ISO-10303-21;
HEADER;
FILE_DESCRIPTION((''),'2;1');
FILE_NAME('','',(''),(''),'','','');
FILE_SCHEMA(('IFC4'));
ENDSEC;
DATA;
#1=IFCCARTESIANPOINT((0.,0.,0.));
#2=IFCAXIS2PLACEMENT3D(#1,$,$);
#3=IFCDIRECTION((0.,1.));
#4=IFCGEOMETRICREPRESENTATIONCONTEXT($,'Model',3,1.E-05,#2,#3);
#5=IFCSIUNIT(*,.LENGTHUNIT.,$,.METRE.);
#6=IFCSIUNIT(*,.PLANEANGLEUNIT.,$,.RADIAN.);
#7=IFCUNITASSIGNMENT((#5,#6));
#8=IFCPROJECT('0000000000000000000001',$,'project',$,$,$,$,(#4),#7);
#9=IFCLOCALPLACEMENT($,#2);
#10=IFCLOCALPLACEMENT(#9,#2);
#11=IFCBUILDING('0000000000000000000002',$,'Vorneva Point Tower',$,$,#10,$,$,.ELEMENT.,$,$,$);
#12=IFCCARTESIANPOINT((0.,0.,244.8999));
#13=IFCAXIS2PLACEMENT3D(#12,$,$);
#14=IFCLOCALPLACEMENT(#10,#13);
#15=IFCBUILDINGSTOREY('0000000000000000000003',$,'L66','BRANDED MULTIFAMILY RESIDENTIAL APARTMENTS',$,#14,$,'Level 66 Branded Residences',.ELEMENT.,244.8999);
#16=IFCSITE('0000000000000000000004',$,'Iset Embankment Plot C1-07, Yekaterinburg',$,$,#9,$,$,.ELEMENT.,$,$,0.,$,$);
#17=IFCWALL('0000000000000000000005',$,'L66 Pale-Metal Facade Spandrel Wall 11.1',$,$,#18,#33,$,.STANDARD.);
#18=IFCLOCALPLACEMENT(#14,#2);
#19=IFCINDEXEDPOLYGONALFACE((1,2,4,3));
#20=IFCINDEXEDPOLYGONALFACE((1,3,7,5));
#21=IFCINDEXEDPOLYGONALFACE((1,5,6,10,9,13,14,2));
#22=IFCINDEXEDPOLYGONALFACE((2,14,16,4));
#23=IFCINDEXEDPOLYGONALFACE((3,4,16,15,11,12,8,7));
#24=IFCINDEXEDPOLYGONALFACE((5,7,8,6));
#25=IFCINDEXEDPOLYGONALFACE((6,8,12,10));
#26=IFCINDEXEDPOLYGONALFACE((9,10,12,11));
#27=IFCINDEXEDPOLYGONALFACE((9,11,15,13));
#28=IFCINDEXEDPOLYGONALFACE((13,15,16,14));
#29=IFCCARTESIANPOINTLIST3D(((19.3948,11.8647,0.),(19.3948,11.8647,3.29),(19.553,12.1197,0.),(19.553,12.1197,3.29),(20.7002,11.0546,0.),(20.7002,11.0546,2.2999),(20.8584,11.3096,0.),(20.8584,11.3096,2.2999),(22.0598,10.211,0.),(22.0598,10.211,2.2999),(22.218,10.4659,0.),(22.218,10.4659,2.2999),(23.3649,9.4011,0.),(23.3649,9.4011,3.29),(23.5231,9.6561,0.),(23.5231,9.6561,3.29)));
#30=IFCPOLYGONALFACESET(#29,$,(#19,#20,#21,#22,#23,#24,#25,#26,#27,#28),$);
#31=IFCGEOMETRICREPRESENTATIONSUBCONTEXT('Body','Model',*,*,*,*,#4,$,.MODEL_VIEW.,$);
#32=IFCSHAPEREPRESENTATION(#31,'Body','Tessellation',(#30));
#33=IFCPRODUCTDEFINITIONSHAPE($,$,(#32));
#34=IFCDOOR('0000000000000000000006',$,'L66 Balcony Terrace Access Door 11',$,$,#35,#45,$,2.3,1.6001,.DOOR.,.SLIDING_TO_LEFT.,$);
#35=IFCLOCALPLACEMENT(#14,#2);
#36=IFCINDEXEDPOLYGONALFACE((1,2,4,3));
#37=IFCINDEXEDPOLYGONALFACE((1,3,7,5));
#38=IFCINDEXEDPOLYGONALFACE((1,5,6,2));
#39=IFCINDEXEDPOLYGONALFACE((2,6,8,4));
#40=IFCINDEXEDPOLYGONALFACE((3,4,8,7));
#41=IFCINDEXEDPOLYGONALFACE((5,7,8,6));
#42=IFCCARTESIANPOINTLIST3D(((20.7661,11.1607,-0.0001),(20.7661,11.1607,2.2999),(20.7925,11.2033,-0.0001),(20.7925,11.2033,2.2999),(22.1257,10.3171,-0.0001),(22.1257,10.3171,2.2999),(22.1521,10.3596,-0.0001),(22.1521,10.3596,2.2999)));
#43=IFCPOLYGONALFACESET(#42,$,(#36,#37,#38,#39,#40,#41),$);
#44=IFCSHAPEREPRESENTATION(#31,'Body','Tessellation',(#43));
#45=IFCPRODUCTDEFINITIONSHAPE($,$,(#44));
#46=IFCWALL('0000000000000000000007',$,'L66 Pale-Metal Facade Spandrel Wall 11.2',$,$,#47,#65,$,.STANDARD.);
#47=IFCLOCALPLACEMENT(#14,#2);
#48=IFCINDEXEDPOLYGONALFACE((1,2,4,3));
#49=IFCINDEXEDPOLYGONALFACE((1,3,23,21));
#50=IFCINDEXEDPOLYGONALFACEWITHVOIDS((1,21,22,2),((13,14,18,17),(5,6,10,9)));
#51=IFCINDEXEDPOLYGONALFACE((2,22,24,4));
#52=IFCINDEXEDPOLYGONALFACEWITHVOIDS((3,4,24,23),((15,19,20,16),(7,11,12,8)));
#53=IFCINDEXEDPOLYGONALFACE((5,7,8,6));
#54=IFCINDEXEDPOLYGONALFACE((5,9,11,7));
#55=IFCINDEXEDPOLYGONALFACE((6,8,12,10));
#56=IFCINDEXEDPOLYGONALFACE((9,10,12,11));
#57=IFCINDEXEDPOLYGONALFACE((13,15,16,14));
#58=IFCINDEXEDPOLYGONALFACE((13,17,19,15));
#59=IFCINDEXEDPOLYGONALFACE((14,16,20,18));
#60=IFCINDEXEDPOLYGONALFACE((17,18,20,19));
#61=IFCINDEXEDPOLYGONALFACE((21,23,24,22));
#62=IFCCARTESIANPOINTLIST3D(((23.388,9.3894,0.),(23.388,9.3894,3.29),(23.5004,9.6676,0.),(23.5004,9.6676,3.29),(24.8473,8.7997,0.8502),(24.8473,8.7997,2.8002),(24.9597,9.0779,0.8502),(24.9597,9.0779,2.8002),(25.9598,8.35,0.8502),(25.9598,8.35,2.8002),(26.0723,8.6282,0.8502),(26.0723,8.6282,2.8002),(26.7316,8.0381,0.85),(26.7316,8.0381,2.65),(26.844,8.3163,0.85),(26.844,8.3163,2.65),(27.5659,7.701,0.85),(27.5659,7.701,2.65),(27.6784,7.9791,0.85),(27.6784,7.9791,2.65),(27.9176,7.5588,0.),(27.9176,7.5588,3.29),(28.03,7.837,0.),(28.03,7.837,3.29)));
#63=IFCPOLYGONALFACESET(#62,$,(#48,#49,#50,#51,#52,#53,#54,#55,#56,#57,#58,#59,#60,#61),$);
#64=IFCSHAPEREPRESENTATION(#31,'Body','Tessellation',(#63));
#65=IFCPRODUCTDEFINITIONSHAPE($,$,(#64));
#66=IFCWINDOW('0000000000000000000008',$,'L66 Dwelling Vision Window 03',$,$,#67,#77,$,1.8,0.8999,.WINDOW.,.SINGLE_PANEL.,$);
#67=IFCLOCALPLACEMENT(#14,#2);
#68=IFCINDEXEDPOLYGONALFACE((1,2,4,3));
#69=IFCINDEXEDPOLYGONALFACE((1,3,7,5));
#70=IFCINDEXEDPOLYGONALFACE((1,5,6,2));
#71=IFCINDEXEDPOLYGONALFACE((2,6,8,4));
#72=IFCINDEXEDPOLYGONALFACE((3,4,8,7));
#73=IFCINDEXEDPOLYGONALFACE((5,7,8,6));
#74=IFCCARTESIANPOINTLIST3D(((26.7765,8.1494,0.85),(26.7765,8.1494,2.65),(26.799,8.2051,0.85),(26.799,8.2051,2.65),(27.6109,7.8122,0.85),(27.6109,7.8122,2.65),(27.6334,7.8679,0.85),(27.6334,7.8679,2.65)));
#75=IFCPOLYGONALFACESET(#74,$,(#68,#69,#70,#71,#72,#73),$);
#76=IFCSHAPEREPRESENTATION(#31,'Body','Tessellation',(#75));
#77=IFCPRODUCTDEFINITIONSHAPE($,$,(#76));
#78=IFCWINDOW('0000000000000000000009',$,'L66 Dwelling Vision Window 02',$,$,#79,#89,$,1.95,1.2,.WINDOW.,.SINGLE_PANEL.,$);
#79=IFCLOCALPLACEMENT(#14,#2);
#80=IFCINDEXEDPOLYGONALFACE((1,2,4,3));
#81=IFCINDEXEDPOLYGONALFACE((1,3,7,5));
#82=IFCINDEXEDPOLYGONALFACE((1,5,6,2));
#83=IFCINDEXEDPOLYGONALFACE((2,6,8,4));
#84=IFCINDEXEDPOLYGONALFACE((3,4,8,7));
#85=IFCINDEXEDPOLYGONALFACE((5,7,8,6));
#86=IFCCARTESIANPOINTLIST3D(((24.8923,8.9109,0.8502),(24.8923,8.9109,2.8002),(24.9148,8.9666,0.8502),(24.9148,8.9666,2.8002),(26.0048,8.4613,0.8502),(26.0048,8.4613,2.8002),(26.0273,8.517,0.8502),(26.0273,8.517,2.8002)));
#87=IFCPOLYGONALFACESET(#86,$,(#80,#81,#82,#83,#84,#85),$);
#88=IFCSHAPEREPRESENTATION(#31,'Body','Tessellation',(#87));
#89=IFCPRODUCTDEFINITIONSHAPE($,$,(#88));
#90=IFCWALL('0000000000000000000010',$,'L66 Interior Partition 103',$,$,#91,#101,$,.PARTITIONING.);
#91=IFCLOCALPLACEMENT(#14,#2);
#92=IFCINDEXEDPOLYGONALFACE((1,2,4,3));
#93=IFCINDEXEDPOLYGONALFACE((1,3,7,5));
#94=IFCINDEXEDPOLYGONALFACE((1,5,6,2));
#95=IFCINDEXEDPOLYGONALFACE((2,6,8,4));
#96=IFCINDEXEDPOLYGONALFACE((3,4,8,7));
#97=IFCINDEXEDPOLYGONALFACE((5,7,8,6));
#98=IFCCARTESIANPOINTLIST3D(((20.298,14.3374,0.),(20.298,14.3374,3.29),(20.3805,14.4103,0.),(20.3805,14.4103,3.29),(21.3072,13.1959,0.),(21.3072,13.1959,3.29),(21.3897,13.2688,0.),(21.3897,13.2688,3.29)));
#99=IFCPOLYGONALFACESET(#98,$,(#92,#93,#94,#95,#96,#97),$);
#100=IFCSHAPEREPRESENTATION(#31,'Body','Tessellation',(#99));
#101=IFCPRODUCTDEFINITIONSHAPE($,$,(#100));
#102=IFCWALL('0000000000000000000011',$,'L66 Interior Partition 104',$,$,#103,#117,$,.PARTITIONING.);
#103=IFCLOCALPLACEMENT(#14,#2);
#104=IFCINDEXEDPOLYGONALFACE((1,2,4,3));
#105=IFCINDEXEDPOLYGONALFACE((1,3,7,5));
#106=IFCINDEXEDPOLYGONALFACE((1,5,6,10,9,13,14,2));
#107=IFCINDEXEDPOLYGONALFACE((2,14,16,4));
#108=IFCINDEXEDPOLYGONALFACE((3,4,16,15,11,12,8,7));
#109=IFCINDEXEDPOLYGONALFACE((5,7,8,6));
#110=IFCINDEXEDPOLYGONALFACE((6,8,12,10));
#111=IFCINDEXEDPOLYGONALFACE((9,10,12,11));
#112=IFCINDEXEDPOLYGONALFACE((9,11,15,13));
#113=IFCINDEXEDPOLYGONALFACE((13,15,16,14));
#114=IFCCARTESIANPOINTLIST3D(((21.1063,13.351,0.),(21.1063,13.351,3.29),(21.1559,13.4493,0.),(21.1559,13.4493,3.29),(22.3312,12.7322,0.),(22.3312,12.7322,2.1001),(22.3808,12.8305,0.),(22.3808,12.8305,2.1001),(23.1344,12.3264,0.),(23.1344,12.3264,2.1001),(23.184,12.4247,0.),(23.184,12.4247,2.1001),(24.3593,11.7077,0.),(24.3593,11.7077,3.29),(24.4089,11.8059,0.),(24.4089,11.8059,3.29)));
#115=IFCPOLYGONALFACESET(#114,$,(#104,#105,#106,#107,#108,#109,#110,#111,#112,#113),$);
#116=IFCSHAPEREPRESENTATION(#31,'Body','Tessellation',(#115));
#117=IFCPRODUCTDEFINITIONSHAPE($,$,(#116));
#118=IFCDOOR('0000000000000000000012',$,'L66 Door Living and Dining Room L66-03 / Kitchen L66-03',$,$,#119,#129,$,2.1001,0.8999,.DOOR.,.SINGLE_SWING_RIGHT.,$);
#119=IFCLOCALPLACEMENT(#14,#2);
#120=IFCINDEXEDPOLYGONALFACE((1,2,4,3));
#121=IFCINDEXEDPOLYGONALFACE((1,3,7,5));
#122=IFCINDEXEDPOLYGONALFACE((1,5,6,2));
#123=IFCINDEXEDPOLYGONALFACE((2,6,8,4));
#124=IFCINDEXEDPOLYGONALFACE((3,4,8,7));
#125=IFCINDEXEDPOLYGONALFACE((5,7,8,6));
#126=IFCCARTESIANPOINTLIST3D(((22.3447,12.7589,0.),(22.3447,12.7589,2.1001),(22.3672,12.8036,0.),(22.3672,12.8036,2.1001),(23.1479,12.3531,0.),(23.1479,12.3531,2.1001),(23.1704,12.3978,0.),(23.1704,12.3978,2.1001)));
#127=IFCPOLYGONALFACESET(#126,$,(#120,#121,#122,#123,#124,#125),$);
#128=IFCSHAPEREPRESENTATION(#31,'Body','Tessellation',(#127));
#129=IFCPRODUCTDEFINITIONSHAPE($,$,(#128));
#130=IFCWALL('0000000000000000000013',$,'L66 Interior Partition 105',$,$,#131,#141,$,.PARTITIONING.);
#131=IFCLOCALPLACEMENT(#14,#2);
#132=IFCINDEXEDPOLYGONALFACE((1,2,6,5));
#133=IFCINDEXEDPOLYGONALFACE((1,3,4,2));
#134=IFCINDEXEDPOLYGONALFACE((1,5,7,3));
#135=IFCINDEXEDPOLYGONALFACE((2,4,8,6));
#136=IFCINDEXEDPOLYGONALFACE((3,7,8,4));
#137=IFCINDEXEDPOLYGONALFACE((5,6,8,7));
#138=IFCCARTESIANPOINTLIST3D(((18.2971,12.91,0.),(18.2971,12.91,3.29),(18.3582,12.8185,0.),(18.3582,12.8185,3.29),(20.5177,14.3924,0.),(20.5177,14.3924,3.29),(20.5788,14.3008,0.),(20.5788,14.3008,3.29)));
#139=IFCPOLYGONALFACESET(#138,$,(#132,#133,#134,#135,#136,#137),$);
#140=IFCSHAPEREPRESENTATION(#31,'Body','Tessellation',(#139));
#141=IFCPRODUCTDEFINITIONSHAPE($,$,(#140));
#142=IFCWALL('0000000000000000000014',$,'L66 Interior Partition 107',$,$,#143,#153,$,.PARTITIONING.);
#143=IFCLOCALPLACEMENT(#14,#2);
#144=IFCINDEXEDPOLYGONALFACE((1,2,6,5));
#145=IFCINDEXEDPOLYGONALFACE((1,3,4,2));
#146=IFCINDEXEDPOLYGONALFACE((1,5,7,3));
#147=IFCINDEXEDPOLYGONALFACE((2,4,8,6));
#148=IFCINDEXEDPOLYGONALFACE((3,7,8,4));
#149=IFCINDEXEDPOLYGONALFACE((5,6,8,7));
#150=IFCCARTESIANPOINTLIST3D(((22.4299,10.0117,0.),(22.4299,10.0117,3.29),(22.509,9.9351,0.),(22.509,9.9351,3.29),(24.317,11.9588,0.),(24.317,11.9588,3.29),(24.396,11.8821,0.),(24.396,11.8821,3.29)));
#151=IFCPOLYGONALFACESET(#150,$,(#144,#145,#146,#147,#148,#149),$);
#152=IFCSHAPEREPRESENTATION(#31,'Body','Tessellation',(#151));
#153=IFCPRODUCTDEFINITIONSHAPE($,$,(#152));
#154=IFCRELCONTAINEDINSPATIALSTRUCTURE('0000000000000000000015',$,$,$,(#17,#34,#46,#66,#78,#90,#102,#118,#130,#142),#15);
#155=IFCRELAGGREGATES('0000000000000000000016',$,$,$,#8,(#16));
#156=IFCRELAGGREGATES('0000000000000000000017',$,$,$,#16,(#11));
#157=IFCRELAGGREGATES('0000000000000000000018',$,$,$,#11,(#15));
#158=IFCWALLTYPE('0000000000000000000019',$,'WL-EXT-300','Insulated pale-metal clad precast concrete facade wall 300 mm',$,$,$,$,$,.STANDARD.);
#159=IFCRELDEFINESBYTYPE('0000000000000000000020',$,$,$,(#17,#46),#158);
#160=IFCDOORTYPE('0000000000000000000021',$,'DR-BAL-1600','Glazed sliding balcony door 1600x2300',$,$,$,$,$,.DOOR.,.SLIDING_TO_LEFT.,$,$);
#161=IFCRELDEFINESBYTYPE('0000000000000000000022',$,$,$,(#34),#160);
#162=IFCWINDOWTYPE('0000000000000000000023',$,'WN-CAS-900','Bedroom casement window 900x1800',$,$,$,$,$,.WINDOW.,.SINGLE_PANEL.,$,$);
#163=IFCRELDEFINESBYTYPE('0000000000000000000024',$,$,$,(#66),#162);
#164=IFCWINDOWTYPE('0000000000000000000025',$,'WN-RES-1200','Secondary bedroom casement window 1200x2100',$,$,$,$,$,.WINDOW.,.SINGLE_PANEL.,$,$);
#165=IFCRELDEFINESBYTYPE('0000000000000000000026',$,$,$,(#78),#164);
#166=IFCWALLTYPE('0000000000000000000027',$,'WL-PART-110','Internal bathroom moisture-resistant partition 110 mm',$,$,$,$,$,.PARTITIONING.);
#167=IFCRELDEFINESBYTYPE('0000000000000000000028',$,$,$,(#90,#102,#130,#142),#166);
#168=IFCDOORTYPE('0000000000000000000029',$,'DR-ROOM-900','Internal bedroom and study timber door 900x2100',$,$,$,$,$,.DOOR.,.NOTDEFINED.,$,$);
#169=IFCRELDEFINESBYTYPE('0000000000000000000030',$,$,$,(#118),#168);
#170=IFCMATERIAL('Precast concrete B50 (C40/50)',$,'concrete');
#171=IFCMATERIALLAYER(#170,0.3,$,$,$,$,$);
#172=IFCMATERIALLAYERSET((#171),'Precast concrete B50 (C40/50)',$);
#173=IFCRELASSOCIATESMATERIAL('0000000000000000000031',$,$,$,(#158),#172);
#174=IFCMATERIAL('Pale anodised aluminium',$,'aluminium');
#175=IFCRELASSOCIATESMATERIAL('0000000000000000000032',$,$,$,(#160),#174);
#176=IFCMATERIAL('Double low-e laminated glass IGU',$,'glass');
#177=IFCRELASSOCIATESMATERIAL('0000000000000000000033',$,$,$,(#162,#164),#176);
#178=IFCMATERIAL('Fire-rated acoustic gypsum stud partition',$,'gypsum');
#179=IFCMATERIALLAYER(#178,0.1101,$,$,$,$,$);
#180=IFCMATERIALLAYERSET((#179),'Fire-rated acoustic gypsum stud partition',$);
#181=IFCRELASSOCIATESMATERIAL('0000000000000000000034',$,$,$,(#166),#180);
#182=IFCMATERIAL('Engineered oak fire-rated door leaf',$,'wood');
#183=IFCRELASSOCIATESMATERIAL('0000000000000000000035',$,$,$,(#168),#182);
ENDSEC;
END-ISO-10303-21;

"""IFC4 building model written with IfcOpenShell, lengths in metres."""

from ifc_helpers import new_model, si_unit, direction, frame, frame_2d, origin, place, context, subcontext, project, spatial, rectangle, extrude, material, layer, layer_set, type_object, element, fill, save


model = new_model("IFC4")

# Units and contexts
model_context = context("Model", 3, precision=1e-05, world=origin(), true_north=direction((0.0, 1.0)))
body_context = subcontext(model_context, "Body", "Model", "MODEL_VIEW")
ifc_project = project(units=[si_unit("LENGTHUNIT", "METRE"), si_unit("PLANEANGLEUNIT", "RADIAN")], contexts=[model_context])

# Site, building, storey
site_placement = place(None, origin())
site = spatial("IfcSite", under=ifc_project, at=site_placement, Name="Iset Embankment Plot C1-07, Yekaterinburg", CompositionType="ELEMENT", RefElevation=0.0)
building_placement = place(site_placement, origin())
building = spatial("IfcBuilding", under=site, at=building_placement, Name="Vorneva Point Tower", CompositionType="ELEMENT")
storey_placement = place(building_placement, frame((0.0, 0.0, 244.8999)))
storey = spatial("IfcBuildingStorey", under=building, at=storey_placement, Name="L66", Description="BRANDED MULTIFAMILY RESIDENTIAL APARTMENTS", LongName="Level 66 Branded Residences", CompositionType="ELEMENT", Elevation=244.8999)

# Shared definitions
ifc_material_1 = material(Name="Pale anodised aluminium", Category="aluminium")
ifc_material_2 = material(Name="Double low-e laminated glass IGU", Category="glass")

# Wall, opening, door
ifc_material_3 = material(Name="Precast concrete B50 (C40/50)", Category="concrete")
ifc_layer_1 = layer(ifc_material_3, 0.3)
ifc_layer_set_1 = layer_set([ifc_layer_1], Name="Precast concrete B50 (C40/50)")
wall_type_1 = type_object("IfcWallType", Name="WL-EXT-300", Description="Insulated pale-metal clad precast concrete facade wall 300 mm", PredefinedType="STANDARD", material=ifc_layer_set_1)
wall_1_placement = place(storey_placement, frame((19.4739, 11.9922, 0.0), z_axis=(0.0, 0.0, 1.0), x_axis=(0.849702, -0.527263, 0.0)))
wall_1 = element("IfcWall", 1, at=wall_1_placement, inside=storey, type_object=wall_type_1, Name="L66 Pale-Metal Facade Spandrel Wall 11.1", PredefinedType="STANDARD", context=body_context, shape_type="SweptSolid", body=[
    extrude(rectangle(XDim=4.6724, YDim=0.3, at=frame_2d((2.3362, 0.0))), origin(), (0.0, 0.0, 1.0), 3.29),
])
opening_1_placement = place(wall_1_placement, frame((1.5364, 0.0, 0.0)))
opening_1 = element("IfcOpeningElement", 2, at=opening_1_placement, cuts=wall_1, PredefinedType="OPENING", context=body_context, shape_type="SweptSolid", body=[
    extrude(rectangle(XDim=1.6001, YDim=2.3, at=frame_2d((0.8, 1.1499))), frame((0.0, 0.165, 0.0), z_axis=(0.0, -1.0, 0.0), x_axis=(1.0, 0.0, 0.0)), (0.0, 0.0, 1.0), 0.3298),
])
door_type_1 = type_object("IfcDoorType", Name="DR-BAL-1600", Description="Glazed sliding balcony door 1600x2300", OperationType="SLIDING_TO_LEFT", PredefinedType="DOOR", material=ifc_material_1)
door_1_placement = place(opening_1_placement, origin())
door_1 = element("IfcDoor", 3, at=door_1_placement, inside=storey, type_object=door_type_1, Name="L66 Balcony Terrace Access Door 11", OperationType="SLIDING_TO_LEFT", OverallHeight=2.3, OverallWidth=1.6001, PredefinedType="DOOR", context=body_context, shape_type="SweptSolid", body=[
    extrude(rectangle(XDim=1.6001, YDim=2.3, at=frame_2d((0.8, 1.1499))), frame((0.0, 0.0249, 0.0), z_axis=(0.0, -1.0, 0.0), x_axis=(1.0, 0.0, 0.0)), (0.0, 0.0, 1.0), 0.05),
])
fill(opening_1, door_1)

# Wall, openings, windows
wall_2_placement = place(storey_placement, frame((23.4441, 9.5286, 0.0), z_axis=(0.0, 0.0, 1.0), x_axis=(0.927147, -0.374697, 0.0)))
wall_2 = element("IfcWall", 4, at=wall_2_placement, inside=storey, type_object=wall_type_1, Name="L66 Pale-Metal Facade Spandrel Wall 11.2", PredefinedType="STANDARD", context=body_context, shape_type="SweptSolid", body=[
    extrude(rectangle(XDim=4.8855, YDim=0.3, at=frame_2d((2.4429, 0.0))), origin(), (0.0, 0.0, 1.0), 3.29),
])
opening_2_placement = place(wall_2_placement, frame((1.574, 0.0, 0.8501)))
opening_2 = element("IfcOpeningElement", 5, at=opening_2_placement, cuts=wall_2, PredefinedType="OPENING", context=body_context, shape_type="SweptSolid", body=[
    extrude(rectangle(XDim=1.2, YDim=1.95, at=frame_2d((0.6001, 0.9751))), frame((0.0, 0.165, 0.0), z_axis=(0.0, -1.0, 0.0), x_axis=(1.0, 0.0, 0.0)), (0.0, 0.0, 1.0), 0.3298),
])
opening_3_placement = place(wall_2_placement, frame((3.6064, 0.0, 0.8501)))
opening_3 = element("IfcOpeningElement", 6, at=opening_3_placement, cuts=wall_2, PredefinedType="OPENING", context=body_context, shape_type="SweptSolid", body=[
    extrude(rectangle(XDim=0.8999, YDim=1.8, at=frame_2d((0.45, 0.8999))), frame((0.0, 0.165, 0.0), z_axis=(0.0, -1.0, 0.0), x_axis=(1.0, 0.0, 0.0)), (0.0, 0.0, 1.0), 0.3298),
])
window_type_1 = type_object("IfcWindowType", Name="WN-CAS-900", Description="Bedroom casement window 900x1800", PartitioningType="SINGLE_PANEL", PredefinedType="WINDOW", material=ifc_material_2)
window_1_placement = place(opening_3_placement, origin())
window_1 = element("IfcWindow", 7, at=window_1_placement, inside=storey, type_object=window_type_1, Name="L66 Dwelling Vision Window 03", OverallHeight=1.8, OverallWidth=0.8999, PartitioningType="SINGLE_PANEL", PredefinedType="WINDOW", context=body_context, shape_type="SweptSolid", body=[
    extrude(rectangle(XDim=0.8999, YDim=1.8, at=frame_2d((0.45, 0.8999))), frame((0.0, 0.03, 0.0), z_axis=(0.0, -1.0, 0.0), x_axis=(1.0, 0.0, 0.0)), (0.0, 0.0, 1.0), 0.0601),
])
fill(opening_3, window_1)
window_type_2 = type_object("IfcWindowType", Name="WN-RES-1200", Description="Secondary bedroom casement window 1200x2100", PartitioningType="SINGLE_PANEL", PredefinedType="WINDOW", material=ifc_material_2)
window_2_placement = place(opening_2_placement, origin())
window_2 = element("IfcWindow", 8, at=window_2_placement, inside=storey, type_object=window_type_2, Name="L66 Dwelling Vision Window 02", OverallHeight=1.95, OverallWidth=1.2, PartitioningType="SINGLE_PANEL", PredefinedType="WINDOW", context=body_context, shape_type="SweptSolid", body=[
    extrude(rectangle(XDim=1.2, YDim=1.95, at=frame_2d((0.6001, 0.9751))), frame((0.0, 0.03, 0.0), z_axis=(0.0, -1.0, 0.0), x_axis=(1.0, 0.0, 0.0)), (0.0, 0.0, 1.0), 0.0601),
])
fill(opening_2, window_2)

# Wall
ifc_material_4 = material(Name="Fire-rated acoustic gypsum stud partition", Category="gypsum")
ifc_layer_2 = layer(ifc_material_4, 0.1101)
ifc_layer_set_2 = layer_set([ifc_layer_2], Name="Fire-rated acoustic gypsum stud partition")
wall_type_2 = type_object("IfcWallType", Name="WL-PART-110", Description="Internal bathroom moisture-resistant partition 110 mm", PredefinedType="PARTITIONING", material=ifc_layer_set_2)
wall_3_placement = place(storey_placement, frame((20.3394, 14.3738, 0.0), z_axis=(0.0, 0.0, 1.0), x_axis=(0.662353, -0.749192, 0.0)))
element("IfcWall", 9, at=wall_3_placement, inside=storey, type_object=wall_type_2, Name="L66 Interior Partition 103", PredefinedType="PARTITIONING", context=body_context, shape_type="SweptSolid", body=[
    extrude(rectangle(XDim=1.5237, YDim=0.1101, at=frame_2d((0.7617, 0.0))), origin(), (0.0, 0.0, 1.0), 3.29),
])

# Wall, opening, door
wall_4_placement = place(storey_placement, frame((21.1311, 13.4001, 0.0), z_axis=(0.0, 0.0, 1.0), x_axis=(0.892571, -0.450908, 0.0)))
wall_4 = element("IfcWall", 10, at=wall_4_placement, inside=storey, type_object=wall_type_2, Name="L66 Interior Partition 104", PredefinedType="PARTITIONING", context=body_context, shape_type="SweptSolid", body=[
    extrude(rectangle(XDim=3.6445, YDim=0.1101, at=frame_2d((1.8223, 0.0))), origin(), (0.0, 0.0, 1.0), 3.29),
])
opening_4_placement = place(wall_4_placement, frame((1.3723, 0.0, 0.0)))
opening_4 = element("IfcOpeningElement", 11, at=opening_4_placement, cuts=wall_4, PredefinedType="OPENING", context=body_context, shape_type="SweptSolid", body=[
    extrude(rectangle(XDim=0.8999, YDim=2.1001, at=frame_2d((0.45, 1.05))), frame((0.0, 0.0698, 0.0), z_axis=(0.0, -1.0, 0.0), x_axis=(1.0, 0.0, 0.0)), (0.0, 0.0, 1.0), 0.1399),
])
ifc_material_5 = material(Name="Engineered oak fire-rated door leaf", Category="wood")
door_type_2 = type_object("IfcDoorType", Name="DR-ROOM-900", Description="Internal bedroom and study timber door 900x2100", OperationType="NOTDEFINED", PredefinedType="DOOR", material=ifc_material_5)
door_2_placement = place(opening_4_placement, origin())
door_2 = element("IfcDoor", 12, at=door_2_placement, inside=storey, type_object=door_type_2, Name="L66 Door Living and Dining Room L66-03 / Kitchen L66-03", OperationType="SINGLE_SWING_RIGHT", OverallHeight=2.1001, OverallWidth=0.8999, PredefinedType="DOOR", context=body_context, shape_type="SweptSolid", body=[
    extrude(rectangle(XDim=0.8999, YDim=2.1001, at=frame_2d((0.45, 1.05))), frame((0.0, 0.0249, 0.0), z_axis=(0.0, -1.0, 0.0), x_axis=(1.0, 0.0, 0.0)), (0.0, 0.0, 1.0), 0.05),
])
fill(opening_4, door_2)

# Walls
wall_5_placement = place(storey_placement, frame((18.3276, 12.8643, 0.0), z_axis=(0.0, 0.0, 1.0), x_axis=(0.831713, 0.555207, 0.0)))
element("IfcWall", 13, at=wall_5_placement, inside=storey, type_object=wall_type_2, Name="L66 Interior Partition 105", PredefinedType="PARTITIONING", context=body_context, shape_type="SweptSolid", body=[
    extrude(rectangle(XDim=2.6699, YDim=0.1101, at=frame_2d((1.335, 0.0))), origin(), (0.0, 0.0, 1.0), 3.29),
])
wall_6_placement = place(storey_placement, frame((22.4695, 9.9734, 0.0), z_axis=(0.0, 0.0, 1.0), x_axis=(0.695945, 0.718095, 0.0)))
element("IfcWall", 14, at=wall_6_placement, inside=storey, type_object=wall_type_2, Name="L66 Interior Partition 107", PredefinedType="PARTITIONING", context=body_context, shape_type="SweptSolid", body=[
    extrude(rectangle(XDim=2.7114, YDim=0.1101, at=frame_2d((1.3557, 0.0))), origin(), (0.0, 0.0, 1.0), 3.29),
])

save(model, "model.ifc")
